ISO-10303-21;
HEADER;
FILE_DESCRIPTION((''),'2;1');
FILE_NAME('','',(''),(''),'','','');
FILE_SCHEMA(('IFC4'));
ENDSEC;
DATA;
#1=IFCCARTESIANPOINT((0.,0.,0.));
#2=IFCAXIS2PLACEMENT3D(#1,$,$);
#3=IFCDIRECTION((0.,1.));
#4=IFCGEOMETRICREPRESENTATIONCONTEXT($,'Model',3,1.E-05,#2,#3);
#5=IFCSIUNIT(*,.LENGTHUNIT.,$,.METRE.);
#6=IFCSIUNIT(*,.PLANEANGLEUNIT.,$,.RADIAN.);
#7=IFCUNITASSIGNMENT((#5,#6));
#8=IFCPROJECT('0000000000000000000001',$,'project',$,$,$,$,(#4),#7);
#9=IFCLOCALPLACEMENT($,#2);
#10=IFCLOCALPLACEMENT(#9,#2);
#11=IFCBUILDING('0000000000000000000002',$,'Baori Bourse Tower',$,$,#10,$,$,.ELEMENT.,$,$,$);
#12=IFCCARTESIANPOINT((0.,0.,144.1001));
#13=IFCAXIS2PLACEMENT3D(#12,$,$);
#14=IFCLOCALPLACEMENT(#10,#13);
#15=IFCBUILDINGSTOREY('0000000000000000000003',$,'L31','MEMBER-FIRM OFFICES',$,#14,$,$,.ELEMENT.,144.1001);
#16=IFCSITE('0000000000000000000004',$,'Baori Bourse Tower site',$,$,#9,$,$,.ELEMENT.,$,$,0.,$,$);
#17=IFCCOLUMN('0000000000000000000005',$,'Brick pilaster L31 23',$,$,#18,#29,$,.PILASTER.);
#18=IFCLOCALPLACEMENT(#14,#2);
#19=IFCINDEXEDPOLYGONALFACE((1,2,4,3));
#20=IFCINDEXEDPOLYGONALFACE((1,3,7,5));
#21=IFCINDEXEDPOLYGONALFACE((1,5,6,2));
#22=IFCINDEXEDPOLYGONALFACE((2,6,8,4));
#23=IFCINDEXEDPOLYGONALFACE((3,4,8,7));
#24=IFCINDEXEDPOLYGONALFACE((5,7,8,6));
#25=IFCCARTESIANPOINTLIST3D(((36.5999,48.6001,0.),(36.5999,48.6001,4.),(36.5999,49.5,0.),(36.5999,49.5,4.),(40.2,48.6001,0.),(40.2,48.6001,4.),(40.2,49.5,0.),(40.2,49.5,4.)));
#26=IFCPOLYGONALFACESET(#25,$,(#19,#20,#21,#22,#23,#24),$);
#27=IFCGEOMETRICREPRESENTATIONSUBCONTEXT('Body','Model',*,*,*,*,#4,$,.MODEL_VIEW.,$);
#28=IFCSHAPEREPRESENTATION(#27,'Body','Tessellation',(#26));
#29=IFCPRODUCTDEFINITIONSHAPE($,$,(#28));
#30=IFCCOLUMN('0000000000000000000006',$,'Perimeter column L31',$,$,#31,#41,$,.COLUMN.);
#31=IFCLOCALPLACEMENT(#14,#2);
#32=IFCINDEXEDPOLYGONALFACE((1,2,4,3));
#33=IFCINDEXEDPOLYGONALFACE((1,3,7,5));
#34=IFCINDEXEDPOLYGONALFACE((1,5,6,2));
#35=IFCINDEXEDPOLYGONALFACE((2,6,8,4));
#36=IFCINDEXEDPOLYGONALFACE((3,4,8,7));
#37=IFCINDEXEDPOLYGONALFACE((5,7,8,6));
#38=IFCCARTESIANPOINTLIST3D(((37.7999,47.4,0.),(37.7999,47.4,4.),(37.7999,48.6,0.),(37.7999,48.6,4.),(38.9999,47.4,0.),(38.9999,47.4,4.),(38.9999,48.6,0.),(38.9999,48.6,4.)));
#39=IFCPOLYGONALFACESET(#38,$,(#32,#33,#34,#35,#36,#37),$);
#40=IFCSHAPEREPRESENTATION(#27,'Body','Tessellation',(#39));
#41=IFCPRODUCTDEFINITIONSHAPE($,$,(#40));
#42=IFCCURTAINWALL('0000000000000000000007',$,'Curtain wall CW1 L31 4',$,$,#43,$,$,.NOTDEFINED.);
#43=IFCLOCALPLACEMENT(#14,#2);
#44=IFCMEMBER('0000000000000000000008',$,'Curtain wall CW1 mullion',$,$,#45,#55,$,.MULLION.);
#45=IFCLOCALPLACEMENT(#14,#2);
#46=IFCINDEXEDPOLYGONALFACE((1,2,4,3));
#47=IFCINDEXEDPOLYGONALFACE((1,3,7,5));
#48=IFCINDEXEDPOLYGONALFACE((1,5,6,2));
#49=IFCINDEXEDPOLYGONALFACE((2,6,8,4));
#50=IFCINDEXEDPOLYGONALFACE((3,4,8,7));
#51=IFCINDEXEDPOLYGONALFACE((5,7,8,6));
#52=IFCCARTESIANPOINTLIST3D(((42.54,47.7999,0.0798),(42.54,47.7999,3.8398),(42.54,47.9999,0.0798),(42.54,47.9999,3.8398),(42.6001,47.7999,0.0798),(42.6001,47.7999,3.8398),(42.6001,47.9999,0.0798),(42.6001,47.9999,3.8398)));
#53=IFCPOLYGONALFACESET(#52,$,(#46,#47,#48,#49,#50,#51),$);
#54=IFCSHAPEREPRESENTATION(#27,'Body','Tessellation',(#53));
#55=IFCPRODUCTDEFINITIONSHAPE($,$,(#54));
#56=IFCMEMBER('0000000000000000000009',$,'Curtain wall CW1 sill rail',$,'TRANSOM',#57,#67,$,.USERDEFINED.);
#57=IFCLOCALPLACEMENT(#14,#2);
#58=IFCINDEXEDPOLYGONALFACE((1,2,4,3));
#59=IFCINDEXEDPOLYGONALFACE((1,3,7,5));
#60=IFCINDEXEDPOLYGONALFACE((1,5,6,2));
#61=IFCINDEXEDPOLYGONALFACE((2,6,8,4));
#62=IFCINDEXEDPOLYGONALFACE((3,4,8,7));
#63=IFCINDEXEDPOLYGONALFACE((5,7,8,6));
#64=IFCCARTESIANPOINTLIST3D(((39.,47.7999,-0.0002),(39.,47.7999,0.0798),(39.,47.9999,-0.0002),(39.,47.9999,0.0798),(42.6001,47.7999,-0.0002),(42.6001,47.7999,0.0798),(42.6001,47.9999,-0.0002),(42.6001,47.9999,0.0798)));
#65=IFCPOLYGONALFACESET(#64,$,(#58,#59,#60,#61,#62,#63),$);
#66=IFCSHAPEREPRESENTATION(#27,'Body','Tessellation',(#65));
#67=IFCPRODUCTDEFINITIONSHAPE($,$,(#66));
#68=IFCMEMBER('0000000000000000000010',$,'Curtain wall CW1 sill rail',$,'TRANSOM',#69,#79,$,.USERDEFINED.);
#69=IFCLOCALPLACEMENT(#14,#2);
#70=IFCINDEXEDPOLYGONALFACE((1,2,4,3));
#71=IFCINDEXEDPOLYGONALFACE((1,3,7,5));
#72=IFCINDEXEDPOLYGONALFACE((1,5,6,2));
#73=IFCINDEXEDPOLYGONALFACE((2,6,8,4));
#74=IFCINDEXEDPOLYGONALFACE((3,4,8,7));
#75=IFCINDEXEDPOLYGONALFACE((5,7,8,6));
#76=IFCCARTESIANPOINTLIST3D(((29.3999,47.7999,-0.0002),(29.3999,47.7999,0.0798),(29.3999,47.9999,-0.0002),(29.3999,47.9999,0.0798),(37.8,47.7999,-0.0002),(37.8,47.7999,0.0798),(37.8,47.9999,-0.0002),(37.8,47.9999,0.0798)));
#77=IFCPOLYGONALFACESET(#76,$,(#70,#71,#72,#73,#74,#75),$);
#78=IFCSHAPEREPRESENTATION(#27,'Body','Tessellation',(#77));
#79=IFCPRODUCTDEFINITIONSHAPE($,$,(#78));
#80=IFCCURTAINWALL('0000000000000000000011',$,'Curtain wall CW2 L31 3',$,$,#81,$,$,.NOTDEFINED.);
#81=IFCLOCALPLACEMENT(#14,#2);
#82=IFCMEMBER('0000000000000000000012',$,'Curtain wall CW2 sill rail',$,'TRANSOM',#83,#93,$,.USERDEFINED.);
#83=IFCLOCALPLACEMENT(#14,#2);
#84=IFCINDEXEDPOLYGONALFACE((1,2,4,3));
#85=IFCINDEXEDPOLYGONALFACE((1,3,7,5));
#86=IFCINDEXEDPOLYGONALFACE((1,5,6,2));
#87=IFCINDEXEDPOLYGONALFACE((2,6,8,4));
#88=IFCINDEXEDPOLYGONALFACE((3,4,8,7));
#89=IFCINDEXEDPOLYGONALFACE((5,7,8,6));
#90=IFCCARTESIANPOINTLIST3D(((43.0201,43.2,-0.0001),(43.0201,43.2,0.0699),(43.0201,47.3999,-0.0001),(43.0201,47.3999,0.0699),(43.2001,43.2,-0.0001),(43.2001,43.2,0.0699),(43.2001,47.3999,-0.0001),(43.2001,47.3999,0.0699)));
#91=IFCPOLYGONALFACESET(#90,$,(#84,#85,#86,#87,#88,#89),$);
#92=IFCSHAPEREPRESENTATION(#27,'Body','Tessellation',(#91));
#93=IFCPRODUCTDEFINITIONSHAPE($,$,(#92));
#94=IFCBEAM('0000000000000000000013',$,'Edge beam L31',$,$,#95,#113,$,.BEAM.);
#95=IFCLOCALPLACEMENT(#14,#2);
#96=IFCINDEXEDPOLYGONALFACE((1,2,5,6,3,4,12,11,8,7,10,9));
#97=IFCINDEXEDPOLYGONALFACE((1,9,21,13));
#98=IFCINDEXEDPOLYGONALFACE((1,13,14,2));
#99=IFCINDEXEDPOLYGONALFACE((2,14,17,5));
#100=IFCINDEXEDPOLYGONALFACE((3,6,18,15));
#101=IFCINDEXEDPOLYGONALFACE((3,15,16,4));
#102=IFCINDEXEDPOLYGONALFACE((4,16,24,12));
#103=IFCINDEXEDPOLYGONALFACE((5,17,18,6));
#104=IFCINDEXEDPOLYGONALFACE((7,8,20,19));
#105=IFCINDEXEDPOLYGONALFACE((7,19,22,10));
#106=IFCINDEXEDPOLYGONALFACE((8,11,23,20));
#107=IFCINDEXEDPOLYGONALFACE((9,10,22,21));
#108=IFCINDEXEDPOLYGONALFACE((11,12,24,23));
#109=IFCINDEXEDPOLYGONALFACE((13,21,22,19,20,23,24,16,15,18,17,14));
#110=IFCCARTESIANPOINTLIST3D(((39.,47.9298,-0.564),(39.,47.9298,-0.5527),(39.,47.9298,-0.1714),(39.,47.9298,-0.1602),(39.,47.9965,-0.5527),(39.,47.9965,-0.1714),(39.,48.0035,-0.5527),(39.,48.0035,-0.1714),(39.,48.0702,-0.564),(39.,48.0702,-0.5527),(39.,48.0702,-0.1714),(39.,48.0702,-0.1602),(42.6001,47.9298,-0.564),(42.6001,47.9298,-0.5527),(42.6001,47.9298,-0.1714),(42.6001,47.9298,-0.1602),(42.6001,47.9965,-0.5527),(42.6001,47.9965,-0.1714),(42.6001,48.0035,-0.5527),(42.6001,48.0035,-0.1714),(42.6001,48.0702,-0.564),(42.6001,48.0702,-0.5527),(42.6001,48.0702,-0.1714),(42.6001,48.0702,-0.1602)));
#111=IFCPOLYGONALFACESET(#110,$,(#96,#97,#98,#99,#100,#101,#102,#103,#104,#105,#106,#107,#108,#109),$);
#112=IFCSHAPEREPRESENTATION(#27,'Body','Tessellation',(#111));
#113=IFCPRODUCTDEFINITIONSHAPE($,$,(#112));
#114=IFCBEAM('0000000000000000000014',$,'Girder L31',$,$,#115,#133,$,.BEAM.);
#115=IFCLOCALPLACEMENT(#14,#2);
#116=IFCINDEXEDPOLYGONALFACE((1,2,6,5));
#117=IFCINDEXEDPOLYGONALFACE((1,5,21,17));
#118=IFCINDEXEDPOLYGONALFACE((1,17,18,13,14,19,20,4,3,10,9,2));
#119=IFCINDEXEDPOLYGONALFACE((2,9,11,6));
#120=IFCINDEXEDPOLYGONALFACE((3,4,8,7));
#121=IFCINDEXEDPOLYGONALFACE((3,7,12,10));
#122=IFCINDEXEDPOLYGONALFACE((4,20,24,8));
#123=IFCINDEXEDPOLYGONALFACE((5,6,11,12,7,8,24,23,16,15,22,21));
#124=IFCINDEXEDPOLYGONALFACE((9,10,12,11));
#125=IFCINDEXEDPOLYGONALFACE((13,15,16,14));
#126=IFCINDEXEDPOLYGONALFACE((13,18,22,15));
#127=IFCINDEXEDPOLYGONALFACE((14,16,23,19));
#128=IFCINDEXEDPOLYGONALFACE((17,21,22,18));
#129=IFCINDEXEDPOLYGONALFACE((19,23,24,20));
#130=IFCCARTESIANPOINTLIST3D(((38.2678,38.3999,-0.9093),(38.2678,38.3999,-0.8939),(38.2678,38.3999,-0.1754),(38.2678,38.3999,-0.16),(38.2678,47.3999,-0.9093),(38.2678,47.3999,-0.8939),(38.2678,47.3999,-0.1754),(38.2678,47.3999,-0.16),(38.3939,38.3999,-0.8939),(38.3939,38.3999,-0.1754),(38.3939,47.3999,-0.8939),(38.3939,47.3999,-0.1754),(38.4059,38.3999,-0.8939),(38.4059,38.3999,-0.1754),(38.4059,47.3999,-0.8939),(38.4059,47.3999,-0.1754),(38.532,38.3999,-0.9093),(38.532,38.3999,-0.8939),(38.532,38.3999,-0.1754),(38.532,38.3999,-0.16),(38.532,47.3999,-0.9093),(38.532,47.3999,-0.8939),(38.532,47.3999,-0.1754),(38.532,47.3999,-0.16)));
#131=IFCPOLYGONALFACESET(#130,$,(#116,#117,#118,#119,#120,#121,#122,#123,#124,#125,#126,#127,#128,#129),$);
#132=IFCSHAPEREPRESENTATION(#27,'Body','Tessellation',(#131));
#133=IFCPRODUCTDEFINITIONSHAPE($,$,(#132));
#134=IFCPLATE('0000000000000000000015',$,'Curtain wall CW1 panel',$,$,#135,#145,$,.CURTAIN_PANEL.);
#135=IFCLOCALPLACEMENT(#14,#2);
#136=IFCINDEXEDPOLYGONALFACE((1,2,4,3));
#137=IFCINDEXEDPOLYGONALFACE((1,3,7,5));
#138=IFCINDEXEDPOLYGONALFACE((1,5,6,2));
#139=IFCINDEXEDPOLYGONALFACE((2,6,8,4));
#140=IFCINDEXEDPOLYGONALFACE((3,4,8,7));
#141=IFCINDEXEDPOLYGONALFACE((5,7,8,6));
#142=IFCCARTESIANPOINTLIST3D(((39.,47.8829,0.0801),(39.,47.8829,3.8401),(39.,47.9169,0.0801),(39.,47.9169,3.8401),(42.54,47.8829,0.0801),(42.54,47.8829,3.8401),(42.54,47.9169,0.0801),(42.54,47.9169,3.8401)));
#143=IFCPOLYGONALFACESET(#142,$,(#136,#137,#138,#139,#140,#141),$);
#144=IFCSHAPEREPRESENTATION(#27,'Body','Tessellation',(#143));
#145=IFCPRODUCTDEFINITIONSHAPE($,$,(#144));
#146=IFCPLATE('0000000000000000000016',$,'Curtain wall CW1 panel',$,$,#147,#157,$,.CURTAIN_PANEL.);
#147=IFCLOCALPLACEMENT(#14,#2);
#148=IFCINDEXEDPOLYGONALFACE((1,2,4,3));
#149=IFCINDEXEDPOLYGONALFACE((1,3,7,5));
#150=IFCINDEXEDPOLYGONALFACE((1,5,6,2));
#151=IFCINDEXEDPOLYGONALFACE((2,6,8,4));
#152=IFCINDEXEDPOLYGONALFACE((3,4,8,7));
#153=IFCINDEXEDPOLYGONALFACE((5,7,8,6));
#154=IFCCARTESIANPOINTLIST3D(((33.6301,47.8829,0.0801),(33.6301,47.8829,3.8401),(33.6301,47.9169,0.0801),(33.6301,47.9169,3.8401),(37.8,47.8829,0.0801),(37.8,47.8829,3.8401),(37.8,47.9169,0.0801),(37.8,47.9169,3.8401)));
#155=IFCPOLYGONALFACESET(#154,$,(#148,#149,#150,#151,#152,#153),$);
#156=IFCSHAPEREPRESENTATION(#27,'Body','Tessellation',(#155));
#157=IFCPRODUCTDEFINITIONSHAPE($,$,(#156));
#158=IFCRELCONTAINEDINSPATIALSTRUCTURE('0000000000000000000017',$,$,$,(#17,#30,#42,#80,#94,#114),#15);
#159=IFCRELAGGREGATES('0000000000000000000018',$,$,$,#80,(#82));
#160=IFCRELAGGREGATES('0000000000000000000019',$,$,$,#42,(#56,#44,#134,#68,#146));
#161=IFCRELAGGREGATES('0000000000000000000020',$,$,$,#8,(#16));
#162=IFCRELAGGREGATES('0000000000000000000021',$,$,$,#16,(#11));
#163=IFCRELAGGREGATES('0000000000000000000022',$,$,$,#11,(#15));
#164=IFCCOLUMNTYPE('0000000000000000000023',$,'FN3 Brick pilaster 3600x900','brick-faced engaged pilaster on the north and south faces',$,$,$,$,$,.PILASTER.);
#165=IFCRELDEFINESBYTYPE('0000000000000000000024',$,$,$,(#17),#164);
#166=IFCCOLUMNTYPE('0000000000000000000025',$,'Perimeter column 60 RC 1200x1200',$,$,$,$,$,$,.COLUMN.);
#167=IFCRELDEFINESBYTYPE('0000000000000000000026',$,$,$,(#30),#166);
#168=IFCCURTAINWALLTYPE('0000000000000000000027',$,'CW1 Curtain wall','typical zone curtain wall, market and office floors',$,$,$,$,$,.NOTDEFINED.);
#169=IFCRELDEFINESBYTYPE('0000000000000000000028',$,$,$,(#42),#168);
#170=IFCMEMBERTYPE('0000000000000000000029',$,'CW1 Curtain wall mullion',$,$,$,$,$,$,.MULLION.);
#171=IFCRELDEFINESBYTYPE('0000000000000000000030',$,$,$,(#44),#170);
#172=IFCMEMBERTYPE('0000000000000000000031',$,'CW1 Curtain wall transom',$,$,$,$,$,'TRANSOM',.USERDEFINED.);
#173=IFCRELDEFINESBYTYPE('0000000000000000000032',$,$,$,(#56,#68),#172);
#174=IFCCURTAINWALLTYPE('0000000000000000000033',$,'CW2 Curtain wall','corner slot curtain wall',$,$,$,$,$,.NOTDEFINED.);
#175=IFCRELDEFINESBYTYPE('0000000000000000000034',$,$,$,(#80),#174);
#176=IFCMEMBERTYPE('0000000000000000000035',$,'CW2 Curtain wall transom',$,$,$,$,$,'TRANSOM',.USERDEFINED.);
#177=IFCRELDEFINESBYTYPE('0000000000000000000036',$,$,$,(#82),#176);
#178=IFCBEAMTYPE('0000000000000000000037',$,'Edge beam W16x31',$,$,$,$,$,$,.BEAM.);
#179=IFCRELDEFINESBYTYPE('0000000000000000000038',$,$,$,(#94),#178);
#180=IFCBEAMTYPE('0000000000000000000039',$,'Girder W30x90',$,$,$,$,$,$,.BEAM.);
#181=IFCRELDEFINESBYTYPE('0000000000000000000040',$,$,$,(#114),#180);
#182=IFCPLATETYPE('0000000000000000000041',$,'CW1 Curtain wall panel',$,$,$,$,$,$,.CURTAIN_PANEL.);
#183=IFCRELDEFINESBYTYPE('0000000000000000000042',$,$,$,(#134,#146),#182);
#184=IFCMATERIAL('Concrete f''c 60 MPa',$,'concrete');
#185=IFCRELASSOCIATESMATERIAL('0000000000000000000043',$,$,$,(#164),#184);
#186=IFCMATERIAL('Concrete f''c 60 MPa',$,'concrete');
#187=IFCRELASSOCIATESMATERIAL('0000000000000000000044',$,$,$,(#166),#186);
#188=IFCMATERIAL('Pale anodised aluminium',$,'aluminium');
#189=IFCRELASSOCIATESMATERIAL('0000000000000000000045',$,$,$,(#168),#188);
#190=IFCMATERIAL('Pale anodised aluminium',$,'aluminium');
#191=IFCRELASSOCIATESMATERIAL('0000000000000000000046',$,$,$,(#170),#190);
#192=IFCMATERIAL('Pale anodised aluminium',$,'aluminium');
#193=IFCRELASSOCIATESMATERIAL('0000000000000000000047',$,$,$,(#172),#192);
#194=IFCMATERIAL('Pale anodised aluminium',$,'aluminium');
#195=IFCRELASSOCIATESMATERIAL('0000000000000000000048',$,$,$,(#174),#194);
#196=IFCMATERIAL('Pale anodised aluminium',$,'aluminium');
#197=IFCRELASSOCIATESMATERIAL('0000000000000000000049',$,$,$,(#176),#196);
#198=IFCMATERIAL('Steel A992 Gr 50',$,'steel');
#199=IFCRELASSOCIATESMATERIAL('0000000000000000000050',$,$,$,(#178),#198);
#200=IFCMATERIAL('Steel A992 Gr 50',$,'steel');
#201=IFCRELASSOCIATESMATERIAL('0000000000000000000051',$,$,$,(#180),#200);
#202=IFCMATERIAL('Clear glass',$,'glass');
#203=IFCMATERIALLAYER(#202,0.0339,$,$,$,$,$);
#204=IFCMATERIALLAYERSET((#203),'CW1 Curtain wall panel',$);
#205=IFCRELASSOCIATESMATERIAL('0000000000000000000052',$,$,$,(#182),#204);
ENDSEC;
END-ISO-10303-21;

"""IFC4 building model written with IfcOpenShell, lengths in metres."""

from ifc_helpers import new_model, si_unit, direction, frame, origin, origin_2d, place, context, subcontext, project, spatial, rectangle, i_section, extrude, material, layer, layer_set, material_profile, profile_set, type_object, element, aggregate, save


model = new_model("IFC4")

# Units and contexts
model_context = context("Model", 3, precision=1e-05, world=origin(), true_north=direction((0.0, 1.0)))
body_context = subcontext(model_context, "Body", "Model", "MODEL_VIEW")
ifc_project = project(units=[si_unit("LENGTHUNIT", "METRE"), si_unit("PLANEANGLEUNIT", "RADIAN")], contexts=[model_context])

# Site, building, storey
site_placement = place(None, origin())
site = spatial("IfcSite", under=ifc_project, at=site_placement, Name="Baori Bourse Tower site", CompositionType="ELEMENT", RefElevation=0.0)
building_placement = place(site_placement, origin())
building = spatial("IfcBuilding", under=site, at=building_placement, Name="Baori Bourse Tower", CompositionType="ELEMENT")
storey_placement = place(building_placement, frame((0.0, 0.0, 144.1001)))
storey = spatial("IfcBuildingStorey", under=building, at=storey_placement, Name="L31", Description="MEMBER-FIRM OFFICES", CompositionType="ELEMENT", Elevation=144.1001)

# Columns
ifc_material_1 = material(Name="Concrete f'c 60 MPa", Category="concrete")
ifc_material_profile_1 = material_profile(ifc_material_1, rectangle(XDim=3.6001, YDim=0.8999, at=origin_2d()), Name="RC 3600x900")
ifc_profile_set_1 = profile_set([ifc_material_profile_1], Name="Concrete f'c 60 MPa")
column_type_1 = type_object("IfcColumnType", Name="FN3 Brick pilaster 3600x900", Description="brick-faced engaged pilaster on the north and south faces", PredefinedType="PILASTER", material=ifc_profile_set_1)
column_1_placement = place(storey_placement, frame((38.3999, 49.05, 0.0), z_axis=(0.0, 0.0, 1.0), x_axis=(1.0, 0.0, 0.0)))
element("IfcColumn", 1, at=column_1_placement, inside=storey, type_object=column_type_1, Name="Brick pilaster L31 23", PredefinedType="PILASTER", context=body_context, shape_type="SweptSolid", body=[
    extrude(rectangle(XDim=3.6001, YDim=0.8999, at=origin_2d()), origin(), (0.0, 0.0, 1.0), 4.0),
])
ifc_material_2 = material(Name="Concrete f'c 60 MPa", Category="concrete")
ifc_material_profile_2 = material_profile(ifc_material_2, rectangle(XDim=1.2, YDim=1.2, at=origin_2d()), Name="RC 1200x1200")
ifc_profile_set_2 = profile_set([ifc_material_profile_2], Name="Concrete f'c 60 MPa")
column_type_2 = type_object("IfcColumnType", Name="Perimeter column 60 RC 1200x1200", PredefinedType="COLUMN", material=ifc_profile_set_2)
column_2_placement = place(storey_placement, frame((38.3999, 48.0, 0.0), z_axis=(0.0, 0.0, 1.0), x_axis=(1.0, 0.0, 0.0)))
element("IfcColumn", 2, at=column_2_placement, inside=storey, type_object=column_type_2, Name="Perimeter column L31", PredefinedType="COLUMN", context=body_context, shape_type="SweptSolid", body=[
    extrude(rectangle(XDim=1.2, YDim=1.2, at=origin_2d()), origin(), (0.0, 0.0, 1.0), 4.0),
])

# Curtain wall, members
ifc_material_3 = material(Name="Pale anodised aluminium", Category="aluminium")
curtain_wall_type_1 = type_object("IfcCurtainWallType", Name="CW1 Curtain wall", Description="typical zone curtain wall, market and office floors", PredefinedType="NOTDEFINED", material=ifc_material_3)
curtain_wall_1_placement = place(storey_placement, origin())
curtain_wall_1 = element("IfcCurtainWall", 3, at=curtain_wall_1_placement, inside=storey, type_object=curtain_wall_type_1, Name="Curtain wall CW1 L31 4", PredefinedType="NOTDEFINED")
ifc_material_4 = material(Name="Pale anodised aluminium", Category="aluminium")
ifc_material_profile_3 = material_profile(ifc_material_4, rectangle(XDim=0.2, YDim=0.0601, at=origin_2d()), Name="Mullion 60x200")
ifc_profile_set_3 = profile_set([ifc_material_profile_3], Name="Pale anodised aluminium")
member_type_1 = type_object("IfcMemberType", Name="CW1 Curtain wall mullion", PredefinedType="MULLION", material=ifc_profile_set_3)
member_1_placement = place(storey_placement, frame((42.5701, 47.8999, 0.0798), z_axis=(0.0, 0.0, 1.0), x_axis=(0.0, -1.0, 0.0)))
member_1 = element("IfcMember", 4, at=member_1_placement, type_object=member_type_1, Name="Curtain wall CW1 mullion", PredefinedType="MULLION", context=body_context, shape_type="SweptSolid", body=[
    extrude(rectangle(XDim=0.2, YDim=0.0601, at=origin_2d()), origin(), (0.0, 0.0, 1.0), 3.76),
])
ifc_material_5 = material(Name="Pale anodised aluminium", Category="aluminium")
ifc_material_profile_4 = material_profile(ifc_material_5, rectangle(XDim=0.2, YDim=0.0801, at=origin_2d()), Name="Transom 80x200")
ifc_profile_set_4 = profile_set([ifc_material_profile_4], Name="Pale anodised aluminium")
member_type_2 = type_object("IfcMemberType", Name="CW1 Curtain wall transom", ElementType="TRANSOM", PredefinedType="USERDEFINED", material=ifc_profile_set_4)
member_2_placement = place(storey_placement, frame((42.6001, 47.8999, 0.0398), z_axis=(-1.0, 0.0, 0.0), x_axis=(0.0, -1.0, 0.0)))
member_2 = element("IfcMember", 5, at=member_2_placement, type_object=member_type_2, Name="Curtain wall CW1 sill rail", ObjectType="TRANSOM", PredefinedType="USERDEFINED", context=body_context, shape_type="SweptSolid", body=[
    extrude(rectangle(XDim=0.2, YDim=0.0801, at=origin_2d()), origin(), (0.0, 0.0, 1.0), 3.6001),
])
member_3_placement = place(storey_placement, frame((37.8, 47.8999, 0.0398), z_axis=(-1.0, 0.0, 0.0), x_axis=(0.0, -1.0, 0.0)))
member_3 = element("IfcMember", 6, at=member_3_placement, type_object=member_type_2, Name="Curtain wall CW1 sill rail", ObjectType="TRANSOM", PredefinedType="USERDEFINED", context=body_context, shape_type="SweptSolid", body=[
    extrude(rectangle(XDim=0.2, YDim=0.0801, at=origin_2d()), origin(), (0.0, 0.0, 1.0), 8.4001),
])

# Curtain wall, member
ifc_material_6 = material(Name="Pale anodised aluminium", Category="aluminium")
curtain_wall_type_2 = type_object("IfcCurtainWallType", Name="CW2 Curtain wall", Description="corner slot curtain wall", PredefinedType="NOTDEFINED", material=ifc_material_6)
curtain_wall_2_placement = place(storey_placement, origin())
curtain_wall_2 = element("IfcCurtainWall", 7, at=curtain_wall_2_placement, inside=storey, type_object=curtain_wall_type_2, Name="Curtain wall CW2 L31 3", PredefinedType="NOTDEFINED")
ifc_material_7 = material(Name="Pale anodised aluminium", Category="aluminium")
ifc_material_profile_5 = material_profile(ifc_material_7, rectangle(XDim=0.1799, YDim=0.0701, at=origin_2d()), Name="Transom 70x180")
ifc_profile_set_5 = profile_set([ifc_material_profile_5], Name="Pale anodised aluminium")
member_type_3 = type_object("IfcMemberType", Name="CW2 Curtain wall transom", ElementType="TRANSOM", PredefinedType="USERDEFINED", material=ifc_profile_set_5)
member_4_placement = place(storey_placement, frame((43.1101, 43.2, 0.0349), z_axis=(0.0, 1.0, 0.0), x_axis=(-1.0, 0.0, 0.0)))
member_4 = element("IfcMember", 8, at=member_4_placement, type_object=member_type_3, Name="Curtain wall CW2 sill rail", ObjectType="TRANSOM", PredefinedType="USERDEFINED", context=body_context, shape_type="SweptSolid", body=[
    extrude(rectangle(XDim=0.1799, YDim=0.0701, at=origin_2d()), origin(), (0.0, 0.0, 1.0), 4.2),
])
aggregate(curtain_wall_2, [member_4])

# Beams
ifc_material_8 = material(Name="Steel A992 Gr 50", Category="steel")
ifc_material_profile_6 = material_profile(ifc_material_8, i_section(OverallWidth=0.1404, OverallDepth=0.4038, WebThickness=0.0071, FlangeThickness=0.0112, at=origin_2d()), Name="W16x31")
ifc_profile_set_6 = profile_set([ifc_material_profile_6], Name="Steel A992 Gr 50")
beam_type_1 = type_object("IfcBeamType", Name="Edge beam W16x31", PredefinedType="BEAM", material=ifc_profile_set_6)
beam_1_placement = place(storey_placement, frame((39.0, 48.0, -0.3621), z_axis=(1.0, 0.0, 0.0), x_axis=(0.0, 1.0, 0.0)))
element("IfcBeam", 9, at=beam_1_placement, inside=storey, type_object=beam_type_1, Name="Edge beam L31", PredefinedType="BEAM", context=body_context, shape_type="SweptSolid", body=[
    extrude(i_section(OverallWidth=0.1404, OverallDepth=0.4038, WebThickness=0.0071, FlangeThickness=0.0112, at=origin_2d()), origin(), (0.0, 0.0, 1.0), 3.6001),
])
ifc_material_9 = material(Name="Steel A992 Gr 50", Category="steel")
ifc_material_profile_7 = material_profile(ifc_material_9, i_section(OverallWidth=0.2642, OverallDepth=0.7493, WebThickness=0.012, FlangeThickness=0.0154, at=origin_2d()), Name="W30x90")
ifc_profile_set_7 = profile_set([ifc_material_profile_7], Name="Steel A992 Gr 50")
beam_type_2 = type_object("IfcBeamType", Name="Girder W30x90", PredefinedType="BEAM", material=ifc_profile_set_7)
beam_2_placement = place(storey_placement, frame((38.3999, 38.3999, -0.5347), z_axis=(0.0, 1.0, 0.0), x_axis=(-1.0, 0.0, 0.0)))
element("IfcBeam", 10, at=beam_2_placement, inside=storey, type_object=beam_type_2, Name="Girder L31", PredefinedType="BEAM", context=body_context, shape_type="SweptSolid", body=[
    extrude(i_section(OverallWidth=0.2642, OverallDepth=0.7493, WebThickness=0.012, FlangeThickness=0.0154, at=origin_2d()), origin(), (0.0, 0.0, 1.0), 9.0),
])

# Plates
ifc_material_10 = material(Name="Clear glass", Category="glass")
ifc_layer_1 = layer(ifc_material_10, 0.0339)
ifc_layer_set_1 = layer_set([ifc_layer_1], Name="CW1 Curtain wall panel")
plate_type = type_object("IfcPlateType", Name="CW1 Curtain wall panel", PredefinedType="CURTAIN_PANEL", material=ifc_layer_set_1)
plate_1_placement = place(storey_placement, frame((40.77, 47.8999, 0.0801), z_axis=(0.0, 0.0, 1.0), x_axis=(-1.0, 0.0, 0.0)))
plate_1 = element("IfcPlate", 11, at=plate_1_placement, type_object=plate_type, Name="Curtain wall CW1 panel", PredefinedType="CURTAIN_PANEL", context=body_context, shape_type="SweptSolid", body=[
    extrude(rectangle(XDim=3.54, YDim=0.0339, at=origin_2d()), origin(), (0.0, 0.0, 1.0), 3.76),
])
plate_2_placement = place(storey_placement, frame((35.7151, 47.8999, 0.0801), z_axis=(0.0, 0.0, 1.0), x_axis=(-1.0, 0.0, 0.0)))
plate_2 = element("IfcPlate", 12, at=plate_2_placement, type_object=plate_type, Name="Curtain wall CW1 panel", PredefinedType="CURTAIN_PANEL", context=body_context, shape_type="SweptSolid", body=[
    extrude(rectangle(XDim=4.1699, YDim=0.0339, at=origin_2d()), origin(), (0.0, 0.0, 1.0), 3.76),
])
aggregate(curtain_wall_1, [member_2, member_1, plate_1, member_3, plate_2])

save(model, "model.ifc")
